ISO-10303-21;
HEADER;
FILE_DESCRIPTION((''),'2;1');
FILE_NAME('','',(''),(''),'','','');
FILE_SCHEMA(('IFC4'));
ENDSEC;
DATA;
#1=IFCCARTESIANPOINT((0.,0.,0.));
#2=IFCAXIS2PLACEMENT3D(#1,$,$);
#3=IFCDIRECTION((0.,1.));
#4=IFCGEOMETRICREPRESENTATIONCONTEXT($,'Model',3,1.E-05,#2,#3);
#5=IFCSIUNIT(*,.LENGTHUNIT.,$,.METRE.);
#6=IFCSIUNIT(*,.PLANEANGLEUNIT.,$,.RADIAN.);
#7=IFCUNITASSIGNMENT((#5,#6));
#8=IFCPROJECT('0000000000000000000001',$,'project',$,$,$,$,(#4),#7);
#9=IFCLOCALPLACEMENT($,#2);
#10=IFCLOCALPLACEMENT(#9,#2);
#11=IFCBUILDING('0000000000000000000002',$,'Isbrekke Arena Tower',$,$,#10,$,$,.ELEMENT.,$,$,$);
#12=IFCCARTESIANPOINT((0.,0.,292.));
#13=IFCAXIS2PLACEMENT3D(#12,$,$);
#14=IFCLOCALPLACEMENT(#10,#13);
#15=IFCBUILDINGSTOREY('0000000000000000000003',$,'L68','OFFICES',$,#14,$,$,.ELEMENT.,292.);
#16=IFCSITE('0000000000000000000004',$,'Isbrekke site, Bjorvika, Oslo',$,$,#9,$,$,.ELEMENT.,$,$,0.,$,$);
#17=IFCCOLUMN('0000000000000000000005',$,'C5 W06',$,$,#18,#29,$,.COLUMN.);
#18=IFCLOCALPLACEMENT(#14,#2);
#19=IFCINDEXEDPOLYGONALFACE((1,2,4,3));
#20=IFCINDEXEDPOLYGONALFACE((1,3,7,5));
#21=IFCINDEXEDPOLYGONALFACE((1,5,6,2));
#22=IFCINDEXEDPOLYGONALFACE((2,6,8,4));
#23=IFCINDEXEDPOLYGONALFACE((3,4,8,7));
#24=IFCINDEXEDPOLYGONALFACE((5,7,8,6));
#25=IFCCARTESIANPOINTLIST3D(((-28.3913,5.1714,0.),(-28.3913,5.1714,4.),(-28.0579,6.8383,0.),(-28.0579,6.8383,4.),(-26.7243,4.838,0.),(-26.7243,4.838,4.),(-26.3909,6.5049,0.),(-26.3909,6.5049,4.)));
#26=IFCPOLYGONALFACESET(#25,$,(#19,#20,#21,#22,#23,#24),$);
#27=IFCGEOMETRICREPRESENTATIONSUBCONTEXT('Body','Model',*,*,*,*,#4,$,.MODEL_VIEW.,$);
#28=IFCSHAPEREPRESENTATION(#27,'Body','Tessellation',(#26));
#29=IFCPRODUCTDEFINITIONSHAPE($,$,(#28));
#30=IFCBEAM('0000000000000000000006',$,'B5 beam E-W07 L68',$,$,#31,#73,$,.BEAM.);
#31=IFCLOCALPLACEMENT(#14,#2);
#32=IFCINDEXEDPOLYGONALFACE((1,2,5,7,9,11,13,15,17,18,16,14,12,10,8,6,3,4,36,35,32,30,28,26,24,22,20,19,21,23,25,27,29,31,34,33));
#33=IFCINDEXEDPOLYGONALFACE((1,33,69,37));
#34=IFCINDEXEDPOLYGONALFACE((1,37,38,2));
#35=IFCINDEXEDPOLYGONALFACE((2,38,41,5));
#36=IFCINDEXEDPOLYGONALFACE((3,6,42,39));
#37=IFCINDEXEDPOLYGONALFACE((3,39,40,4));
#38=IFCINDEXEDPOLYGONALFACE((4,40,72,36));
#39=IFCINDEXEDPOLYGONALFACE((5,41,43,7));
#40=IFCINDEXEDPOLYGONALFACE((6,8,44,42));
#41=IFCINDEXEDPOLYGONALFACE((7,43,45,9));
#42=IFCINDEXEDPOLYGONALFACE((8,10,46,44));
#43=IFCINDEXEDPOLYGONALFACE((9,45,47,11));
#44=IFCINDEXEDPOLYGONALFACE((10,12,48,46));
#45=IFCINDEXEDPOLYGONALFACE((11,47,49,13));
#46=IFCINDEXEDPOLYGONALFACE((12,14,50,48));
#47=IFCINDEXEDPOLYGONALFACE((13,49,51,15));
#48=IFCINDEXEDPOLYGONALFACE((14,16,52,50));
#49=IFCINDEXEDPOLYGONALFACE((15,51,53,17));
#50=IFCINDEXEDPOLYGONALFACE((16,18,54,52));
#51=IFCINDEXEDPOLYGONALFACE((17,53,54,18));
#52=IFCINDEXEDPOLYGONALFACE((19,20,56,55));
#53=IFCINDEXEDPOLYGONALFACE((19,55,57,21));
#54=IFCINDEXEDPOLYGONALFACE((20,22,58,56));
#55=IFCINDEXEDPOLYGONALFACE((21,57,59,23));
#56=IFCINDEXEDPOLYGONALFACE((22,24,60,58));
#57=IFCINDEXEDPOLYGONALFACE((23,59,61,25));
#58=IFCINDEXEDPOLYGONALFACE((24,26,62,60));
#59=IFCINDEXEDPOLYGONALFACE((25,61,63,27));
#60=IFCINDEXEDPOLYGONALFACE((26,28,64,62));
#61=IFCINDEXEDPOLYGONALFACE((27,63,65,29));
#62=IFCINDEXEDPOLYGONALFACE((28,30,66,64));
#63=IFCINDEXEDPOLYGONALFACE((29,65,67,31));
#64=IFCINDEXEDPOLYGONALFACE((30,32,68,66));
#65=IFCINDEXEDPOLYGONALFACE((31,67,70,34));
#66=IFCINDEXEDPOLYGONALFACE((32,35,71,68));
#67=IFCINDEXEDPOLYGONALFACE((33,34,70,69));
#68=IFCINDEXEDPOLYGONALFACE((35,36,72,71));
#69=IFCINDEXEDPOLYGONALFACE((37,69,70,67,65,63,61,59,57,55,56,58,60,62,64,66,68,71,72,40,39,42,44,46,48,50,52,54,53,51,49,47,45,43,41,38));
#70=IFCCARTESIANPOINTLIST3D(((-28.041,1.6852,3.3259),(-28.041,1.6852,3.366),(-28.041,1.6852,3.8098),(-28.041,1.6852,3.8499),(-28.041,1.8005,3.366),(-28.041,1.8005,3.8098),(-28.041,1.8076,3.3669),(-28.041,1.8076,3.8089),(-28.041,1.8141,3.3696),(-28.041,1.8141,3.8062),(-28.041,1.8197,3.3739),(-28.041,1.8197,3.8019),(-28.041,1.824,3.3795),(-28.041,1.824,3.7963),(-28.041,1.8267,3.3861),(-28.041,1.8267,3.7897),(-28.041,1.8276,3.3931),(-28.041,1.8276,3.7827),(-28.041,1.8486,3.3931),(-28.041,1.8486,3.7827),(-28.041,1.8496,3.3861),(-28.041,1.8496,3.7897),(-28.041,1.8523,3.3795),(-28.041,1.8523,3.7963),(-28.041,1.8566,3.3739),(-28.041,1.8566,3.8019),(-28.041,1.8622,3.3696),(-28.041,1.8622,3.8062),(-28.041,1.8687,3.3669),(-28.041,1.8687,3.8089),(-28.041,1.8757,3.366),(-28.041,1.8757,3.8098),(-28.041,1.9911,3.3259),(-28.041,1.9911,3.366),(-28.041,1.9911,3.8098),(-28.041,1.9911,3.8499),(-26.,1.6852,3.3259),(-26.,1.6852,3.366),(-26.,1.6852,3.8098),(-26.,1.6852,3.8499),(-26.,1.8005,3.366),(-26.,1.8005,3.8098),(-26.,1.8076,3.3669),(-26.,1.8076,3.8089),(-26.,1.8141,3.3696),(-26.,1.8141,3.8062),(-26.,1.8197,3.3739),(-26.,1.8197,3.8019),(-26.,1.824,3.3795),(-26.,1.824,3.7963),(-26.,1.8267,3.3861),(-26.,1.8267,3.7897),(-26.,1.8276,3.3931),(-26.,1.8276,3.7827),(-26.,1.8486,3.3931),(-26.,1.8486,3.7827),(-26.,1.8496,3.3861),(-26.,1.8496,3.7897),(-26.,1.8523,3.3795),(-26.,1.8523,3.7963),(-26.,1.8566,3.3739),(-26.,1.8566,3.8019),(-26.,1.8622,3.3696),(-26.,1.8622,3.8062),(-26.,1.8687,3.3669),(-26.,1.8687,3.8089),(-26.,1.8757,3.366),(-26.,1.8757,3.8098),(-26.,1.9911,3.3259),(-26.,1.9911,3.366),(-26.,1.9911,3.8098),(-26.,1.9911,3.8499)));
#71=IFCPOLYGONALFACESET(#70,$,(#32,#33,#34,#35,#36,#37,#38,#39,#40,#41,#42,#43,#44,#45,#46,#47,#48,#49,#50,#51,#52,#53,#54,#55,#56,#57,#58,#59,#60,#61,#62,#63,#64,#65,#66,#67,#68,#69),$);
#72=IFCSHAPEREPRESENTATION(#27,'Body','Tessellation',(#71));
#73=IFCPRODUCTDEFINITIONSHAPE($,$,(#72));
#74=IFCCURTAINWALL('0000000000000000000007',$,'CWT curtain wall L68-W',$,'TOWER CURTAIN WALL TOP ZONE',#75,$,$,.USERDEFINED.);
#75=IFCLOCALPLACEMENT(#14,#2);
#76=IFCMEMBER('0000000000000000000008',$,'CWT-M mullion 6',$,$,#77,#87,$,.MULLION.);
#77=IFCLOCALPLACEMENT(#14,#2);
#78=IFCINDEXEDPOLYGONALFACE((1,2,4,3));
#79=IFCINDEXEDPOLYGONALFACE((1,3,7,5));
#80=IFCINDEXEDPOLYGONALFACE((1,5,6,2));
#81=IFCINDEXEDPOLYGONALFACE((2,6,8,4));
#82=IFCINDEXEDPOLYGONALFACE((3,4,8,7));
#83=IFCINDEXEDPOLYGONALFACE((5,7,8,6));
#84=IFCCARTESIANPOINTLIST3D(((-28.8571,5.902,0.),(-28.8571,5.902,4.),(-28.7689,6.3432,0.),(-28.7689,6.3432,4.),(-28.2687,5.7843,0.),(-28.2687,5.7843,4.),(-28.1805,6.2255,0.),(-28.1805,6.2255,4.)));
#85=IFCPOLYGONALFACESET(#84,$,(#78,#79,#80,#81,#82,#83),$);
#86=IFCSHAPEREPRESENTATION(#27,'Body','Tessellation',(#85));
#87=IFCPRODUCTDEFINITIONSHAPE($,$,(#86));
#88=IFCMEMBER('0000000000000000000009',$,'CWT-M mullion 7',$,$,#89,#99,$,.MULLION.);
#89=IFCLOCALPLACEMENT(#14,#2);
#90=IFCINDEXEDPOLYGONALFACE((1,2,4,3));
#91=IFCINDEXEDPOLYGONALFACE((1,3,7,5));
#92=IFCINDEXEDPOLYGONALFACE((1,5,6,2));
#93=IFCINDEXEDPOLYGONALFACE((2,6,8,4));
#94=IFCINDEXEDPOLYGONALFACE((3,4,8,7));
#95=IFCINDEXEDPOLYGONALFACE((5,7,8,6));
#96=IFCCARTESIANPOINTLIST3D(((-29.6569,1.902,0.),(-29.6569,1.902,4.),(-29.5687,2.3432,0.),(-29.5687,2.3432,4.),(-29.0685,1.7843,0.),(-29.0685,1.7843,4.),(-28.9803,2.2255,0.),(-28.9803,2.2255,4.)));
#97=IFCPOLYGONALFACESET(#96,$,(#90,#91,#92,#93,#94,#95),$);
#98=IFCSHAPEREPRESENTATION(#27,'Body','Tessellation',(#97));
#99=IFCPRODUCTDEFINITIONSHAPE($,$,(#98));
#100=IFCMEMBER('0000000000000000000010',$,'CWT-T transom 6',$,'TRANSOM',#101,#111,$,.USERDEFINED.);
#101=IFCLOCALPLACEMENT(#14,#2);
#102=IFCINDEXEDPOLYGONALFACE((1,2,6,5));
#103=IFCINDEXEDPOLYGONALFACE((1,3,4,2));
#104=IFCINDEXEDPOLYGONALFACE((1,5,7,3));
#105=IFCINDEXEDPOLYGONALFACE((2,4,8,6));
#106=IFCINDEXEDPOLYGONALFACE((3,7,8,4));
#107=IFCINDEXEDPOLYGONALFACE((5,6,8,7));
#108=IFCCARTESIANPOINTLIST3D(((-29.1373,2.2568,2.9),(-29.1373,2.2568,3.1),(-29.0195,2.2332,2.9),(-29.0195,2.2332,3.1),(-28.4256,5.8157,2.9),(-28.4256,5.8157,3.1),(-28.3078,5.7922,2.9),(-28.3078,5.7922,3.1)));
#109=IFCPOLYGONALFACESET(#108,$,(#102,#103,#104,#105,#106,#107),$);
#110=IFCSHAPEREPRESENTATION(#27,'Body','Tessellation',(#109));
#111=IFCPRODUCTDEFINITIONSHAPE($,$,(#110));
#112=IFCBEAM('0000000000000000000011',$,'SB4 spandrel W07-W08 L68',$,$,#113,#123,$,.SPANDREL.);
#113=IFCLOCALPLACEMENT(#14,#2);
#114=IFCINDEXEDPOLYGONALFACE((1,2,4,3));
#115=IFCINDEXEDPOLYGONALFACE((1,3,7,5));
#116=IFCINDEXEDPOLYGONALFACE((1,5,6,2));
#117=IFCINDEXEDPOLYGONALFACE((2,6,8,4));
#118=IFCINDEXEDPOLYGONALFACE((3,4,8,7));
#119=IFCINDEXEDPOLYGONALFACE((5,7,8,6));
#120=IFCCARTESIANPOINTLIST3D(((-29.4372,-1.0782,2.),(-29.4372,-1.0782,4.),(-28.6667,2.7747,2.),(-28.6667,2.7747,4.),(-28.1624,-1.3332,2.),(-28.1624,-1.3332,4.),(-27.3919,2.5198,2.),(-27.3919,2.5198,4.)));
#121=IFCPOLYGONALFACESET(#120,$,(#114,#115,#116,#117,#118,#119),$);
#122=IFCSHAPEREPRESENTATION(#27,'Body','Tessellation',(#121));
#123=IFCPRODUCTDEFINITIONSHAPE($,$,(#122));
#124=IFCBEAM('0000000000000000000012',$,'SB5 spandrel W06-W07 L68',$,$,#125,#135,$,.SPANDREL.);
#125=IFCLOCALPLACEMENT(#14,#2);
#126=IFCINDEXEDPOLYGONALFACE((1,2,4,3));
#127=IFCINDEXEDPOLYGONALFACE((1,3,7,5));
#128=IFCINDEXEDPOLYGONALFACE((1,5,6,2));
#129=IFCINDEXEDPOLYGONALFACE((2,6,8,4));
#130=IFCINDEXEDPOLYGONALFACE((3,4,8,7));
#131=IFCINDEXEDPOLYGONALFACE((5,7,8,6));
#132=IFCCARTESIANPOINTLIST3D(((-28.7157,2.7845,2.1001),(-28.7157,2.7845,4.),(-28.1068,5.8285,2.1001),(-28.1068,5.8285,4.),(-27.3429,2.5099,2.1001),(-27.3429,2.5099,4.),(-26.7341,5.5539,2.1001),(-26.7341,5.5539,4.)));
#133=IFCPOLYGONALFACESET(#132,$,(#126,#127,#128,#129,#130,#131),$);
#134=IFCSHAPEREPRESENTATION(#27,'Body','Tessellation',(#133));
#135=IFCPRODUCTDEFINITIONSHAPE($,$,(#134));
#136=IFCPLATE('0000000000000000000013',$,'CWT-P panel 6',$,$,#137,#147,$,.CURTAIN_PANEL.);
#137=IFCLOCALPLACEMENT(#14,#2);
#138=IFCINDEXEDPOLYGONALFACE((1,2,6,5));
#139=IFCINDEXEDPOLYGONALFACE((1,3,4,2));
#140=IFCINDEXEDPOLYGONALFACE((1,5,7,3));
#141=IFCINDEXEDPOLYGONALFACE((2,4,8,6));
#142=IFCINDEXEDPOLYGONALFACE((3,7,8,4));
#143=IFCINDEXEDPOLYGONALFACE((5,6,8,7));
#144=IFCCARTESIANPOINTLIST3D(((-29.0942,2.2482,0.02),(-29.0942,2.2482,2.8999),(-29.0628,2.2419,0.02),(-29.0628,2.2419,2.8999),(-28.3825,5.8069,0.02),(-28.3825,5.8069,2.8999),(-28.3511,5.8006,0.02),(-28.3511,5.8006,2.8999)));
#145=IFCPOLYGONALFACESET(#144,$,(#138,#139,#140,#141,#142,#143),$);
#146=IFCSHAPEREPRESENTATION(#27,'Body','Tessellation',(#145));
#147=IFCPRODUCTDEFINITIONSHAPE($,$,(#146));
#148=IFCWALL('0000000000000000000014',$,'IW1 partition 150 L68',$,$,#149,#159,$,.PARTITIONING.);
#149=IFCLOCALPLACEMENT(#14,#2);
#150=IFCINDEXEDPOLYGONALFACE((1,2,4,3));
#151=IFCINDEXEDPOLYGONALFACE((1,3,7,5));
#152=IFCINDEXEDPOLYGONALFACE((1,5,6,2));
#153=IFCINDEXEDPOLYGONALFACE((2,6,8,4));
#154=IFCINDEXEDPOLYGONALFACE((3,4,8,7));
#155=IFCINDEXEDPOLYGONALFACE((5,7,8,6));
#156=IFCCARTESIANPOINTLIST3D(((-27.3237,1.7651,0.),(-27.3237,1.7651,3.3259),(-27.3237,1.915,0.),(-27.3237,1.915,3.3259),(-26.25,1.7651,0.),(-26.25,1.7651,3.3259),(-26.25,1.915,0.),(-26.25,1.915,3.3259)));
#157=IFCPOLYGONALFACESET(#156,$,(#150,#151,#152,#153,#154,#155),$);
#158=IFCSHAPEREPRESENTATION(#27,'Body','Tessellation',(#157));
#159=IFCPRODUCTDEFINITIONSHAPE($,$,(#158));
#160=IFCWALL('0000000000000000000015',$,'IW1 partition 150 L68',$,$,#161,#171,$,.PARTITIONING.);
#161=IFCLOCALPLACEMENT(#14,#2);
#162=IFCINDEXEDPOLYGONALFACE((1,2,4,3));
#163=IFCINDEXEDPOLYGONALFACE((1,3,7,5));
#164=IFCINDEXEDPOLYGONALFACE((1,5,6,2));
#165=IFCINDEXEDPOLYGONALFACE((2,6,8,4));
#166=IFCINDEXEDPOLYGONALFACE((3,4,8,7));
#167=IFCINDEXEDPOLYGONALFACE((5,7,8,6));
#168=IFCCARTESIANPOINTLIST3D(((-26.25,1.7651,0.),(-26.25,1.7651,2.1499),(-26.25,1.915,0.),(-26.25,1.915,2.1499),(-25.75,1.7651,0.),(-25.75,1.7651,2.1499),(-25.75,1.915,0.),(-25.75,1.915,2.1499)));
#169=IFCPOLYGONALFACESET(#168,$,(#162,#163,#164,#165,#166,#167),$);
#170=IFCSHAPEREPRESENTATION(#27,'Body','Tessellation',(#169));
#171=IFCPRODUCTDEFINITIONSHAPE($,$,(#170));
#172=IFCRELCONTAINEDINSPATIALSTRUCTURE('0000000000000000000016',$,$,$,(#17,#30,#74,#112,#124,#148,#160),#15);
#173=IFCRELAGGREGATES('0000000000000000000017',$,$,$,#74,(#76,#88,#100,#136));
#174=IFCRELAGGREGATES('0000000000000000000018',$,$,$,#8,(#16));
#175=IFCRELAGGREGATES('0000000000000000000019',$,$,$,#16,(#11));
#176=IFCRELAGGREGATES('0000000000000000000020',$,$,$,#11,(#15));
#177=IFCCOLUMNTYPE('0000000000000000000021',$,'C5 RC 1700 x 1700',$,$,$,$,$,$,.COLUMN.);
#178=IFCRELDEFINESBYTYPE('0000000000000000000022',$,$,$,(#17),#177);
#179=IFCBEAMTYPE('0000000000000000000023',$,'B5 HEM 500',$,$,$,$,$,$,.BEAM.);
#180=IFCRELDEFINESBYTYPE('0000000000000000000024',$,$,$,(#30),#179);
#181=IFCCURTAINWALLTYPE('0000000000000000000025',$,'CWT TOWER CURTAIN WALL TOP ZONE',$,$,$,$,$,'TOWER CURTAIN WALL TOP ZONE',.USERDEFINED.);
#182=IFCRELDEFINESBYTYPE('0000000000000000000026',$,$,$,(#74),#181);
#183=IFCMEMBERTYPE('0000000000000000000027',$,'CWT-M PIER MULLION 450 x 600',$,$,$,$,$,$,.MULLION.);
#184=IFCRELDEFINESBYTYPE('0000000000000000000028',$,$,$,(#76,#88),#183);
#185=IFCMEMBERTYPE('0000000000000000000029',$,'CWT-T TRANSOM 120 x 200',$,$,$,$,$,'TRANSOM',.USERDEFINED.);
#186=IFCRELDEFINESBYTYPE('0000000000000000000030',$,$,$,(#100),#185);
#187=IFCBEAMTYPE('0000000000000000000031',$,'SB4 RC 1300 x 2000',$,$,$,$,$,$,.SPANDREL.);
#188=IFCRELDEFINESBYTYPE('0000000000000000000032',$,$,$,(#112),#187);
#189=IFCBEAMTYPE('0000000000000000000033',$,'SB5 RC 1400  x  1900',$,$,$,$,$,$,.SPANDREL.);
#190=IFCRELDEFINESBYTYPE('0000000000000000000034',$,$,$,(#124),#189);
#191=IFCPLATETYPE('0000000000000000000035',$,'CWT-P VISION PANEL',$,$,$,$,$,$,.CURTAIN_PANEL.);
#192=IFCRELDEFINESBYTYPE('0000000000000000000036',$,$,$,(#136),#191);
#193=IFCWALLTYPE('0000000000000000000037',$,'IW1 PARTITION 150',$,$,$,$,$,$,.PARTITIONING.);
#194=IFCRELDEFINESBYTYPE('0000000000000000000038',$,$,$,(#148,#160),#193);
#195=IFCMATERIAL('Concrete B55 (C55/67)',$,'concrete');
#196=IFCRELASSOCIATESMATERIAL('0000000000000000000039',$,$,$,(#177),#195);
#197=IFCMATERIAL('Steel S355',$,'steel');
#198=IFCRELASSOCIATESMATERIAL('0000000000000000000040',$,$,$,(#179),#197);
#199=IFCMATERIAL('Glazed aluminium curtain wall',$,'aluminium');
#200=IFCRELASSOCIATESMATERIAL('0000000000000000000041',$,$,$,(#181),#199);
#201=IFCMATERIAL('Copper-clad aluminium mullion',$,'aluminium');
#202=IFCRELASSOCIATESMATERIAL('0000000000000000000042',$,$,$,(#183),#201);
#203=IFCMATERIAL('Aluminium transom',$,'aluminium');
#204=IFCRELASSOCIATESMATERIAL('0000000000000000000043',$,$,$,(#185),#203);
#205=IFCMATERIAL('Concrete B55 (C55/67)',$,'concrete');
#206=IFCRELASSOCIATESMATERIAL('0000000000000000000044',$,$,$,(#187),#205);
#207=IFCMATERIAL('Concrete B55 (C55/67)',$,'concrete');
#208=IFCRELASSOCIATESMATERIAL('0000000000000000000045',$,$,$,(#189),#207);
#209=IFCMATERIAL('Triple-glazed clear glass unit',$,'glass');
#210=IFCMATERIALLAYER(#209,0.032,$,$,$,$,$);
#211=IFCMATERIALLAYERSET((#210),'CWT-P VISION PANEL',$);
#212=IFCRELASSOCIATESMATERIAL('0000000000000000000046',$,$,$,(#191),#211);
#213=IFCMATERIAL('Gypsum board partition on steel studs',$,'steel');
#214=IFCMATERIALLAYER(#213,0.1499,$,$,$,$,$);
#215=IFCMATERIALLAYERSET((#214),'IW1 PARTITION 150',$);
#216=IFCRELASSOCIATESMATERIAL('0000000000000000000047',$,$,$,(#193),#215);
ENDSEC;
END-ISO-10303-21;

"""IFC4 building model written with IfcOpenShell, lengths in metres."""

from ifc_helpers import new_model, si_unit, direction, frame, frame_2d, origin, origin_2d, place, context, subcontext, project, spatial, rectangle, i_section, extrude, material, layer, layer_set, material_profile, profile_set, type_object, element, aggregate, save


model = new_model("IFC4")

# Units and contexts
model_context = context("Model", 3, precision=1e-05, world=origin(), true_north=direction((0.0, 1.0)))
body_context = subcontext(model_context, "Body", "Model", "MODEL_VIEW")
ifc_project = project(units=[si_unit("LENGTHUNIT", "METRE"), si_unit("PLANEANGLEUNIT", "RADIAN")], contexts=[model_context])

# Site, building, storey
site_placement = place(None, origin())
site = spatial("IfcSite", under=ifc_project, at=site_placement, Name="Isbrekke site, Bjorvika, Oslo", CompositionType="ELEMENT", RefElevation=0.0)
building_placement = place(site_placement, origin())
building = spatial("IfcBuilding", under=site, at=building_placement, Name="Isbrekke Arena Tower", CompositionType="ELEMENT")
storey_placement = place(building_placement, frame((0.0, 0.0, 292.0)))
storey = spatial("IfcBuildingStorey", under=building, at=storey_placement, Name="L68", Description="OFFICES", CompositionType="ELEMENT", Elevation=292.0)

# Column
ifc_material_1 = material(Name="Concrete B55 (C55/67)", Category="concrete")
ifc_material_profile_1 = material_profile(ifc_material_1, rectangle(XDim=1.7, YDim=1.7, at=origin_2d()), Name="RC 1700x1700")
ifc_profile_set_1 = profile_set([ifc_material_profile_1], Name="Concrete B55 (C55/67)")
column_type = type_object("IfcColumnType", Name="C5 RC 1700 x 1700", PredefinedType="COLUMN", material=ifc_profile_set_1)
column_placement = place(storey_placement, frame((-27.3911, 5.8381, 0.0), z_axis=(0.0, 0.0, 1.0), x_axis=(-0.196116, -0.980581, 0.0)))
element("IfcColumn", 1, at=column_placement, inside=storey, type_object=column_type, Name="C5 W06", PredefinedType="COLUMN", context=body_context, shape_type="SweptSolid", body=[
    extrude(rectangle(XDim=1.7, YDim=1.7, at=origin_2d()), origin(), (0.0, 0.0, 1.0), 4.0),
])

# Beam
ifc_material_2 = material(Name="Steel S355", Category="steel")
ifc_material_profile_2 = material_profile(ifc_material_2, i_section(OverallWidth=0.3059, OverallDepth=0.5239, WebThickness=0.021, FlangeThickness=0.04, FilletRadius=0.0271, at=origin_2d()), Name="HEM 500")
ifc_profile_set_2 = profile_set([ifc_material_profile_2], Name="Steel S355")
beam_type_1 = type_object("IfcBeamType", Name="B5 HEM 500", PredefinedType="BEAM", material=ifc_profile_set_2)
beam_1_placement = place(storey_placement, frame((-28.041, 1.8381, 3.5879), z_axis=(1.0, 0.0, 0.0), x_axis=(0.0, 1.0, 0.0)))
element("IfcBeam", 2, at=beam_1_placement, inside=storey, type_object=beam_type_1, Name="B5 beam E-W07 L68", PredefinedType="BEAM", context=body_context, shape_type="SweptSolid", body=[
    extrude(i_section(OverallWidth=0.3059, OverallDepth=0.5239, WebThickness=0.021, FlangeThickness=0.04, FilletRadius=0.0271, at=origin_2d()), origin(), (0.0, 0.0, 1.0), 2.041),
])

# Curtain wall, members
ifc_material_3 = material(Name="Glazed aluminium curtain wall", Category="aluminium")
curtain_wall_type = type_object("IfcCurtainWallType", Name="CWT TOWER CURTAIN WALL TOP ZONE", ElementType="TOWER CURTAIN WALL TOP ZONE", PredefinedType="USERDEFINED", material=ifc_material_3)
curtain_wall_placement = place(storey_placement, origin())
curtain_wall = element("IfcCurtainWall", 3, at=curtain_wall_placement, inside=storey, type_object=curtain_wall_type, Name="CWT curtain wall L68-W", ObjectType="TOWER CURTAIN WALL TOP ZONE", PredefinedType="USERDEFINED")
ifc_material_4 = material(Name="Copper-clad aluminium mullion", Category="aluminium")
ifc_material_profile_3 = material_profile(ifc_material_4, rectangle(XDim=0.45, YDim=0.6001, at=origin_2d()), Name="PIER 450X600")
ifc_profile_set_3 = profile_set([ifc_material_profile_3], Name="Copper-clad aluminium mullion")
member_type_1 = type_object("IfcMemberType", Name="CWT-M PIER MULLION 450 x 600", PredefinedType="MULLION", material=ifc_profile_set_3)
member_1_placement = place(storey_placement, frame((-28.5188, 6.0637, 0.0), z_axis=(0.0, 0.0, 1.0), x_axis=(-0.196116, -0.980581, 0.0)))
member_1 = element("IfcMember", 4, at=member_1_placement, type_object=member_type_1, Name="CWT-M mullion 6", PredefinedType="MULLION", context=body_context, shape_type="SweptSolid", body=[
    extrude(rectangle(XDim=0.45, YDim=0.6001, at=origin_2d()), origin(), (0.0, 0.0, 1.0), 4.0),
])
member_2_placement = place(storey_placement, frame((-29.3186, 2.0637, 0.0), z_axis=(0.0, 0.0, 1.0), x_axis=(-0.196116, -0.980581, 0.0)))
member_2 = element("IfcMember", 5, at=member_2_placement, type_object=member_type_1, Name="CWT-M mullion 7", PredefinedType="MULLION", context=body_context, shape_type="SweptSolid", body=[
    extrude(rectangle(XDim=0.45, YDim=0.6001, at=origin_2d()), origin(), (0.0, 0.0, 1.0), 4.0),
])
ifc_material_5 = material(Name="Aluminium transom", Category="aluminium")
ifc_material_profile_4 = material_profile(ifc_material_5, rectangle(XDim=0.1201, YDim=0.2, at=origin_2d()), Name="TRANSOM 120X200")
ifc_profile_set_4 = profile_set([ifc_material_profile_4], Name="Aluminium transom")
member_type_2 = type_object("IfcMemberType", Name="CWT-T TRANSOM 120 x 200", ElementType="TRANSOM", PredefinedType="USERDEFINED", material=ifc_profile_set_4)
member_3_placement = place(storey_placement, frame((-28.3667, 5.804, 3.0), z_axis=(-0.19609, -0.980586, 0.0), x_axis=(0.980586, -0.19609, 0.0)))
member_3 = element("IfcMember", 6, at=member_3_placement, type_object=member_type_2, Name="CWT-T transom 6", ObjectType="TRANSOM", PredefinedType="USERDEFINED", context=body_context, shape_type="SweptSolid", body=[
    extrude(rectangle(XDim=0.1201, YDim=0.2, at=origin_2d()), origin(), (0.0, 0.0, 1.0), 3.6294),
])

# Beams
ifc_material_6 = material(Name="Concrete B55 (C55/67)", Category="concrete")
ifc_material_profile_5 = material_profile(ifc_material_6, rectangle(XDim=1.3, YDim=2.0, at=origin_2d()), Name="RC 1300x2000")
ifc_profile_set_5 = profile_set([ifc_material_profile_5], Name="Concrete B55 (C55/67)")
beam_type_2 = type_object("IfcBeamType", Name="SB4 RC 1300 x 2000", PredefinedType="SPANDREL", material=ifc_profile_set_5)
beam_2_placement = place(storey_placement, frame((-28.0293, 2.6472, 3.0), z_axis=(-0.196092, -0.980585, 0.0), x_axis=(0.980585, -0.196092, 0.0)))
element("IfcBeam", 7, at=beam_2_placement, inside=storey, type_object=beam_type_2, Name="SB4 spandrel W07-W08 L68", PredefinedType="SPANDREL", context=body_context, shape_type="SweptSolid", body=[
    extrude(rectangle(XDim=1.3, YDim=2.0, at=origin_2d()), origin(), (0.0, 0.0, 1.0), 3.9292),
])
ifc_material_7 = material(Name="Concrete B55 (C55/67)", Category="concrete")
ifc_material_profile_6 = material_profile(ifc_material_7, rectangle(XDim=1.3999, YDim=1.8999, at=origin_2d()), Name="RC 1400 x 1900")
ifc_profile_set_6 = profile_set([ifc_material_profile_6], Name="Concrete B55 (C55/67)")
beam_type_3 = type_object("IfcBeamType", Name="SB5 RC 1400  x  1900", PredefinedType="SPANDREL", material=ifc_profile_set_6)
beam_3_placement = place(storey_placement, frame((-27.4204, 5.6912, 3.05), z_axis=(-0.196146, -0.980575, 0.0), x_axis=(0.980575, -0.196146, 0.0)))
element("IfcBeam", 8, at=beam_3_placement, inside=storey, type_object=beam_type_3, Name="SB5 spandrel W06-W07 L68", PredefinedType="SPANDREL", context=body_context, shape_type="SweptSolid", body=[
    extrude(rectangle(XDim=1.3999, YDim=1.8999, at=origin_2d()), origin(), (0.0, 0.0, 1.0), 3.1042),
])

# Plate
ifc_material_8 = material(Name="Triple-glazed clear glass unit", Category="glass")
ifc_layer_1 = layer(ifc_material_8, 0.032)
ifc_layer_set_1 = layer_set([ifc_layer_1], Name="CWT-P VISION PANEL")
plate_type = type_object("IfcPlateType", Name="CWT-P VISION PANEL", PredefinedType="CURTAIN_PANEL", material=ifc_layer_set_1)
plate_placement = place(storey_placement, frame((-28.7227, 4.0244, 0.02), z_axis=(0.0, 0.0, 1.0), x_axis=(-0.196116, -0.980581, 0.0)))
plate = element("IfcPlate", 9, at=plate_placement, type_object=plate_type, Name="CWT-P panel 6", PredefinedType="CURTAIN_PANEL", context=body_context, shape_type="SweptSolid", body=[
    extrude(rectangle(XDim=3.6292, YDim=0.032, at=origin_2d()), origin(), (0.0, 0.0, 1.0), 2.8799),
])
aggregate(curtain_wall, [member_1, member_2, member_3, plate])

# Walls
ifc_material_9 = material(Name="Gypsum board partition on steel studs", Category="steel")
ifc_layer_2 = layer(ifc_material_9, 0.1499)
ifc_layer_set_2 = layer_set([ifc_layer_2], Name="IW1 PARTITION 150")
wall_type = type_object("IfcWallType", Name="IW1 PARTITION 150", PredefinedType="PARTITIONING", material=ifc_layer_set_2)
wall_1_placement = place(storey_placement, frame((-27.3237, 1.8401, 0.0), z_axis=(0.0, 0.0, 1.0), x_axis=(1.0, 0.0, 0.0)))
element("IfcWall", 10, at=wall_1_placement, inside=storey, type_object=wall_type, Name="IW1 partition 150 L68", PredefinedType="PARTITIONING", context=body_context, shape_type="SweptSolid", body=[
    extrude(rectangle(XDim=1.0737, YDim=0.1499, at=frame_2d((0.5369, 0.0))), origin(), (0.0, 0.0, 1.0), 3.3259),
])
wall_2_placement = place(storey_placement, frame((-26.25, 1.8401, 0.0), z_axis=(0.0, 0.0, 1.0), x_axis=(1.0, 0.0, 0.0)))
element("IfcWall", 11, at=wall_2_placement, inside=storey, type_object=wall_type, Name="IW1 partition 150 L68", PredefinedType="PARTITIONING", context=body_context, shape_type="SweptSolid", body=[
    extrude(rectangle(XDim=0.5, YDim=0.1499, at=frame_2d((0.25, 0.0))), origin(), (0.0, 0.0, 1.0), 2.1499),
])

save(model, "model.ifc")
